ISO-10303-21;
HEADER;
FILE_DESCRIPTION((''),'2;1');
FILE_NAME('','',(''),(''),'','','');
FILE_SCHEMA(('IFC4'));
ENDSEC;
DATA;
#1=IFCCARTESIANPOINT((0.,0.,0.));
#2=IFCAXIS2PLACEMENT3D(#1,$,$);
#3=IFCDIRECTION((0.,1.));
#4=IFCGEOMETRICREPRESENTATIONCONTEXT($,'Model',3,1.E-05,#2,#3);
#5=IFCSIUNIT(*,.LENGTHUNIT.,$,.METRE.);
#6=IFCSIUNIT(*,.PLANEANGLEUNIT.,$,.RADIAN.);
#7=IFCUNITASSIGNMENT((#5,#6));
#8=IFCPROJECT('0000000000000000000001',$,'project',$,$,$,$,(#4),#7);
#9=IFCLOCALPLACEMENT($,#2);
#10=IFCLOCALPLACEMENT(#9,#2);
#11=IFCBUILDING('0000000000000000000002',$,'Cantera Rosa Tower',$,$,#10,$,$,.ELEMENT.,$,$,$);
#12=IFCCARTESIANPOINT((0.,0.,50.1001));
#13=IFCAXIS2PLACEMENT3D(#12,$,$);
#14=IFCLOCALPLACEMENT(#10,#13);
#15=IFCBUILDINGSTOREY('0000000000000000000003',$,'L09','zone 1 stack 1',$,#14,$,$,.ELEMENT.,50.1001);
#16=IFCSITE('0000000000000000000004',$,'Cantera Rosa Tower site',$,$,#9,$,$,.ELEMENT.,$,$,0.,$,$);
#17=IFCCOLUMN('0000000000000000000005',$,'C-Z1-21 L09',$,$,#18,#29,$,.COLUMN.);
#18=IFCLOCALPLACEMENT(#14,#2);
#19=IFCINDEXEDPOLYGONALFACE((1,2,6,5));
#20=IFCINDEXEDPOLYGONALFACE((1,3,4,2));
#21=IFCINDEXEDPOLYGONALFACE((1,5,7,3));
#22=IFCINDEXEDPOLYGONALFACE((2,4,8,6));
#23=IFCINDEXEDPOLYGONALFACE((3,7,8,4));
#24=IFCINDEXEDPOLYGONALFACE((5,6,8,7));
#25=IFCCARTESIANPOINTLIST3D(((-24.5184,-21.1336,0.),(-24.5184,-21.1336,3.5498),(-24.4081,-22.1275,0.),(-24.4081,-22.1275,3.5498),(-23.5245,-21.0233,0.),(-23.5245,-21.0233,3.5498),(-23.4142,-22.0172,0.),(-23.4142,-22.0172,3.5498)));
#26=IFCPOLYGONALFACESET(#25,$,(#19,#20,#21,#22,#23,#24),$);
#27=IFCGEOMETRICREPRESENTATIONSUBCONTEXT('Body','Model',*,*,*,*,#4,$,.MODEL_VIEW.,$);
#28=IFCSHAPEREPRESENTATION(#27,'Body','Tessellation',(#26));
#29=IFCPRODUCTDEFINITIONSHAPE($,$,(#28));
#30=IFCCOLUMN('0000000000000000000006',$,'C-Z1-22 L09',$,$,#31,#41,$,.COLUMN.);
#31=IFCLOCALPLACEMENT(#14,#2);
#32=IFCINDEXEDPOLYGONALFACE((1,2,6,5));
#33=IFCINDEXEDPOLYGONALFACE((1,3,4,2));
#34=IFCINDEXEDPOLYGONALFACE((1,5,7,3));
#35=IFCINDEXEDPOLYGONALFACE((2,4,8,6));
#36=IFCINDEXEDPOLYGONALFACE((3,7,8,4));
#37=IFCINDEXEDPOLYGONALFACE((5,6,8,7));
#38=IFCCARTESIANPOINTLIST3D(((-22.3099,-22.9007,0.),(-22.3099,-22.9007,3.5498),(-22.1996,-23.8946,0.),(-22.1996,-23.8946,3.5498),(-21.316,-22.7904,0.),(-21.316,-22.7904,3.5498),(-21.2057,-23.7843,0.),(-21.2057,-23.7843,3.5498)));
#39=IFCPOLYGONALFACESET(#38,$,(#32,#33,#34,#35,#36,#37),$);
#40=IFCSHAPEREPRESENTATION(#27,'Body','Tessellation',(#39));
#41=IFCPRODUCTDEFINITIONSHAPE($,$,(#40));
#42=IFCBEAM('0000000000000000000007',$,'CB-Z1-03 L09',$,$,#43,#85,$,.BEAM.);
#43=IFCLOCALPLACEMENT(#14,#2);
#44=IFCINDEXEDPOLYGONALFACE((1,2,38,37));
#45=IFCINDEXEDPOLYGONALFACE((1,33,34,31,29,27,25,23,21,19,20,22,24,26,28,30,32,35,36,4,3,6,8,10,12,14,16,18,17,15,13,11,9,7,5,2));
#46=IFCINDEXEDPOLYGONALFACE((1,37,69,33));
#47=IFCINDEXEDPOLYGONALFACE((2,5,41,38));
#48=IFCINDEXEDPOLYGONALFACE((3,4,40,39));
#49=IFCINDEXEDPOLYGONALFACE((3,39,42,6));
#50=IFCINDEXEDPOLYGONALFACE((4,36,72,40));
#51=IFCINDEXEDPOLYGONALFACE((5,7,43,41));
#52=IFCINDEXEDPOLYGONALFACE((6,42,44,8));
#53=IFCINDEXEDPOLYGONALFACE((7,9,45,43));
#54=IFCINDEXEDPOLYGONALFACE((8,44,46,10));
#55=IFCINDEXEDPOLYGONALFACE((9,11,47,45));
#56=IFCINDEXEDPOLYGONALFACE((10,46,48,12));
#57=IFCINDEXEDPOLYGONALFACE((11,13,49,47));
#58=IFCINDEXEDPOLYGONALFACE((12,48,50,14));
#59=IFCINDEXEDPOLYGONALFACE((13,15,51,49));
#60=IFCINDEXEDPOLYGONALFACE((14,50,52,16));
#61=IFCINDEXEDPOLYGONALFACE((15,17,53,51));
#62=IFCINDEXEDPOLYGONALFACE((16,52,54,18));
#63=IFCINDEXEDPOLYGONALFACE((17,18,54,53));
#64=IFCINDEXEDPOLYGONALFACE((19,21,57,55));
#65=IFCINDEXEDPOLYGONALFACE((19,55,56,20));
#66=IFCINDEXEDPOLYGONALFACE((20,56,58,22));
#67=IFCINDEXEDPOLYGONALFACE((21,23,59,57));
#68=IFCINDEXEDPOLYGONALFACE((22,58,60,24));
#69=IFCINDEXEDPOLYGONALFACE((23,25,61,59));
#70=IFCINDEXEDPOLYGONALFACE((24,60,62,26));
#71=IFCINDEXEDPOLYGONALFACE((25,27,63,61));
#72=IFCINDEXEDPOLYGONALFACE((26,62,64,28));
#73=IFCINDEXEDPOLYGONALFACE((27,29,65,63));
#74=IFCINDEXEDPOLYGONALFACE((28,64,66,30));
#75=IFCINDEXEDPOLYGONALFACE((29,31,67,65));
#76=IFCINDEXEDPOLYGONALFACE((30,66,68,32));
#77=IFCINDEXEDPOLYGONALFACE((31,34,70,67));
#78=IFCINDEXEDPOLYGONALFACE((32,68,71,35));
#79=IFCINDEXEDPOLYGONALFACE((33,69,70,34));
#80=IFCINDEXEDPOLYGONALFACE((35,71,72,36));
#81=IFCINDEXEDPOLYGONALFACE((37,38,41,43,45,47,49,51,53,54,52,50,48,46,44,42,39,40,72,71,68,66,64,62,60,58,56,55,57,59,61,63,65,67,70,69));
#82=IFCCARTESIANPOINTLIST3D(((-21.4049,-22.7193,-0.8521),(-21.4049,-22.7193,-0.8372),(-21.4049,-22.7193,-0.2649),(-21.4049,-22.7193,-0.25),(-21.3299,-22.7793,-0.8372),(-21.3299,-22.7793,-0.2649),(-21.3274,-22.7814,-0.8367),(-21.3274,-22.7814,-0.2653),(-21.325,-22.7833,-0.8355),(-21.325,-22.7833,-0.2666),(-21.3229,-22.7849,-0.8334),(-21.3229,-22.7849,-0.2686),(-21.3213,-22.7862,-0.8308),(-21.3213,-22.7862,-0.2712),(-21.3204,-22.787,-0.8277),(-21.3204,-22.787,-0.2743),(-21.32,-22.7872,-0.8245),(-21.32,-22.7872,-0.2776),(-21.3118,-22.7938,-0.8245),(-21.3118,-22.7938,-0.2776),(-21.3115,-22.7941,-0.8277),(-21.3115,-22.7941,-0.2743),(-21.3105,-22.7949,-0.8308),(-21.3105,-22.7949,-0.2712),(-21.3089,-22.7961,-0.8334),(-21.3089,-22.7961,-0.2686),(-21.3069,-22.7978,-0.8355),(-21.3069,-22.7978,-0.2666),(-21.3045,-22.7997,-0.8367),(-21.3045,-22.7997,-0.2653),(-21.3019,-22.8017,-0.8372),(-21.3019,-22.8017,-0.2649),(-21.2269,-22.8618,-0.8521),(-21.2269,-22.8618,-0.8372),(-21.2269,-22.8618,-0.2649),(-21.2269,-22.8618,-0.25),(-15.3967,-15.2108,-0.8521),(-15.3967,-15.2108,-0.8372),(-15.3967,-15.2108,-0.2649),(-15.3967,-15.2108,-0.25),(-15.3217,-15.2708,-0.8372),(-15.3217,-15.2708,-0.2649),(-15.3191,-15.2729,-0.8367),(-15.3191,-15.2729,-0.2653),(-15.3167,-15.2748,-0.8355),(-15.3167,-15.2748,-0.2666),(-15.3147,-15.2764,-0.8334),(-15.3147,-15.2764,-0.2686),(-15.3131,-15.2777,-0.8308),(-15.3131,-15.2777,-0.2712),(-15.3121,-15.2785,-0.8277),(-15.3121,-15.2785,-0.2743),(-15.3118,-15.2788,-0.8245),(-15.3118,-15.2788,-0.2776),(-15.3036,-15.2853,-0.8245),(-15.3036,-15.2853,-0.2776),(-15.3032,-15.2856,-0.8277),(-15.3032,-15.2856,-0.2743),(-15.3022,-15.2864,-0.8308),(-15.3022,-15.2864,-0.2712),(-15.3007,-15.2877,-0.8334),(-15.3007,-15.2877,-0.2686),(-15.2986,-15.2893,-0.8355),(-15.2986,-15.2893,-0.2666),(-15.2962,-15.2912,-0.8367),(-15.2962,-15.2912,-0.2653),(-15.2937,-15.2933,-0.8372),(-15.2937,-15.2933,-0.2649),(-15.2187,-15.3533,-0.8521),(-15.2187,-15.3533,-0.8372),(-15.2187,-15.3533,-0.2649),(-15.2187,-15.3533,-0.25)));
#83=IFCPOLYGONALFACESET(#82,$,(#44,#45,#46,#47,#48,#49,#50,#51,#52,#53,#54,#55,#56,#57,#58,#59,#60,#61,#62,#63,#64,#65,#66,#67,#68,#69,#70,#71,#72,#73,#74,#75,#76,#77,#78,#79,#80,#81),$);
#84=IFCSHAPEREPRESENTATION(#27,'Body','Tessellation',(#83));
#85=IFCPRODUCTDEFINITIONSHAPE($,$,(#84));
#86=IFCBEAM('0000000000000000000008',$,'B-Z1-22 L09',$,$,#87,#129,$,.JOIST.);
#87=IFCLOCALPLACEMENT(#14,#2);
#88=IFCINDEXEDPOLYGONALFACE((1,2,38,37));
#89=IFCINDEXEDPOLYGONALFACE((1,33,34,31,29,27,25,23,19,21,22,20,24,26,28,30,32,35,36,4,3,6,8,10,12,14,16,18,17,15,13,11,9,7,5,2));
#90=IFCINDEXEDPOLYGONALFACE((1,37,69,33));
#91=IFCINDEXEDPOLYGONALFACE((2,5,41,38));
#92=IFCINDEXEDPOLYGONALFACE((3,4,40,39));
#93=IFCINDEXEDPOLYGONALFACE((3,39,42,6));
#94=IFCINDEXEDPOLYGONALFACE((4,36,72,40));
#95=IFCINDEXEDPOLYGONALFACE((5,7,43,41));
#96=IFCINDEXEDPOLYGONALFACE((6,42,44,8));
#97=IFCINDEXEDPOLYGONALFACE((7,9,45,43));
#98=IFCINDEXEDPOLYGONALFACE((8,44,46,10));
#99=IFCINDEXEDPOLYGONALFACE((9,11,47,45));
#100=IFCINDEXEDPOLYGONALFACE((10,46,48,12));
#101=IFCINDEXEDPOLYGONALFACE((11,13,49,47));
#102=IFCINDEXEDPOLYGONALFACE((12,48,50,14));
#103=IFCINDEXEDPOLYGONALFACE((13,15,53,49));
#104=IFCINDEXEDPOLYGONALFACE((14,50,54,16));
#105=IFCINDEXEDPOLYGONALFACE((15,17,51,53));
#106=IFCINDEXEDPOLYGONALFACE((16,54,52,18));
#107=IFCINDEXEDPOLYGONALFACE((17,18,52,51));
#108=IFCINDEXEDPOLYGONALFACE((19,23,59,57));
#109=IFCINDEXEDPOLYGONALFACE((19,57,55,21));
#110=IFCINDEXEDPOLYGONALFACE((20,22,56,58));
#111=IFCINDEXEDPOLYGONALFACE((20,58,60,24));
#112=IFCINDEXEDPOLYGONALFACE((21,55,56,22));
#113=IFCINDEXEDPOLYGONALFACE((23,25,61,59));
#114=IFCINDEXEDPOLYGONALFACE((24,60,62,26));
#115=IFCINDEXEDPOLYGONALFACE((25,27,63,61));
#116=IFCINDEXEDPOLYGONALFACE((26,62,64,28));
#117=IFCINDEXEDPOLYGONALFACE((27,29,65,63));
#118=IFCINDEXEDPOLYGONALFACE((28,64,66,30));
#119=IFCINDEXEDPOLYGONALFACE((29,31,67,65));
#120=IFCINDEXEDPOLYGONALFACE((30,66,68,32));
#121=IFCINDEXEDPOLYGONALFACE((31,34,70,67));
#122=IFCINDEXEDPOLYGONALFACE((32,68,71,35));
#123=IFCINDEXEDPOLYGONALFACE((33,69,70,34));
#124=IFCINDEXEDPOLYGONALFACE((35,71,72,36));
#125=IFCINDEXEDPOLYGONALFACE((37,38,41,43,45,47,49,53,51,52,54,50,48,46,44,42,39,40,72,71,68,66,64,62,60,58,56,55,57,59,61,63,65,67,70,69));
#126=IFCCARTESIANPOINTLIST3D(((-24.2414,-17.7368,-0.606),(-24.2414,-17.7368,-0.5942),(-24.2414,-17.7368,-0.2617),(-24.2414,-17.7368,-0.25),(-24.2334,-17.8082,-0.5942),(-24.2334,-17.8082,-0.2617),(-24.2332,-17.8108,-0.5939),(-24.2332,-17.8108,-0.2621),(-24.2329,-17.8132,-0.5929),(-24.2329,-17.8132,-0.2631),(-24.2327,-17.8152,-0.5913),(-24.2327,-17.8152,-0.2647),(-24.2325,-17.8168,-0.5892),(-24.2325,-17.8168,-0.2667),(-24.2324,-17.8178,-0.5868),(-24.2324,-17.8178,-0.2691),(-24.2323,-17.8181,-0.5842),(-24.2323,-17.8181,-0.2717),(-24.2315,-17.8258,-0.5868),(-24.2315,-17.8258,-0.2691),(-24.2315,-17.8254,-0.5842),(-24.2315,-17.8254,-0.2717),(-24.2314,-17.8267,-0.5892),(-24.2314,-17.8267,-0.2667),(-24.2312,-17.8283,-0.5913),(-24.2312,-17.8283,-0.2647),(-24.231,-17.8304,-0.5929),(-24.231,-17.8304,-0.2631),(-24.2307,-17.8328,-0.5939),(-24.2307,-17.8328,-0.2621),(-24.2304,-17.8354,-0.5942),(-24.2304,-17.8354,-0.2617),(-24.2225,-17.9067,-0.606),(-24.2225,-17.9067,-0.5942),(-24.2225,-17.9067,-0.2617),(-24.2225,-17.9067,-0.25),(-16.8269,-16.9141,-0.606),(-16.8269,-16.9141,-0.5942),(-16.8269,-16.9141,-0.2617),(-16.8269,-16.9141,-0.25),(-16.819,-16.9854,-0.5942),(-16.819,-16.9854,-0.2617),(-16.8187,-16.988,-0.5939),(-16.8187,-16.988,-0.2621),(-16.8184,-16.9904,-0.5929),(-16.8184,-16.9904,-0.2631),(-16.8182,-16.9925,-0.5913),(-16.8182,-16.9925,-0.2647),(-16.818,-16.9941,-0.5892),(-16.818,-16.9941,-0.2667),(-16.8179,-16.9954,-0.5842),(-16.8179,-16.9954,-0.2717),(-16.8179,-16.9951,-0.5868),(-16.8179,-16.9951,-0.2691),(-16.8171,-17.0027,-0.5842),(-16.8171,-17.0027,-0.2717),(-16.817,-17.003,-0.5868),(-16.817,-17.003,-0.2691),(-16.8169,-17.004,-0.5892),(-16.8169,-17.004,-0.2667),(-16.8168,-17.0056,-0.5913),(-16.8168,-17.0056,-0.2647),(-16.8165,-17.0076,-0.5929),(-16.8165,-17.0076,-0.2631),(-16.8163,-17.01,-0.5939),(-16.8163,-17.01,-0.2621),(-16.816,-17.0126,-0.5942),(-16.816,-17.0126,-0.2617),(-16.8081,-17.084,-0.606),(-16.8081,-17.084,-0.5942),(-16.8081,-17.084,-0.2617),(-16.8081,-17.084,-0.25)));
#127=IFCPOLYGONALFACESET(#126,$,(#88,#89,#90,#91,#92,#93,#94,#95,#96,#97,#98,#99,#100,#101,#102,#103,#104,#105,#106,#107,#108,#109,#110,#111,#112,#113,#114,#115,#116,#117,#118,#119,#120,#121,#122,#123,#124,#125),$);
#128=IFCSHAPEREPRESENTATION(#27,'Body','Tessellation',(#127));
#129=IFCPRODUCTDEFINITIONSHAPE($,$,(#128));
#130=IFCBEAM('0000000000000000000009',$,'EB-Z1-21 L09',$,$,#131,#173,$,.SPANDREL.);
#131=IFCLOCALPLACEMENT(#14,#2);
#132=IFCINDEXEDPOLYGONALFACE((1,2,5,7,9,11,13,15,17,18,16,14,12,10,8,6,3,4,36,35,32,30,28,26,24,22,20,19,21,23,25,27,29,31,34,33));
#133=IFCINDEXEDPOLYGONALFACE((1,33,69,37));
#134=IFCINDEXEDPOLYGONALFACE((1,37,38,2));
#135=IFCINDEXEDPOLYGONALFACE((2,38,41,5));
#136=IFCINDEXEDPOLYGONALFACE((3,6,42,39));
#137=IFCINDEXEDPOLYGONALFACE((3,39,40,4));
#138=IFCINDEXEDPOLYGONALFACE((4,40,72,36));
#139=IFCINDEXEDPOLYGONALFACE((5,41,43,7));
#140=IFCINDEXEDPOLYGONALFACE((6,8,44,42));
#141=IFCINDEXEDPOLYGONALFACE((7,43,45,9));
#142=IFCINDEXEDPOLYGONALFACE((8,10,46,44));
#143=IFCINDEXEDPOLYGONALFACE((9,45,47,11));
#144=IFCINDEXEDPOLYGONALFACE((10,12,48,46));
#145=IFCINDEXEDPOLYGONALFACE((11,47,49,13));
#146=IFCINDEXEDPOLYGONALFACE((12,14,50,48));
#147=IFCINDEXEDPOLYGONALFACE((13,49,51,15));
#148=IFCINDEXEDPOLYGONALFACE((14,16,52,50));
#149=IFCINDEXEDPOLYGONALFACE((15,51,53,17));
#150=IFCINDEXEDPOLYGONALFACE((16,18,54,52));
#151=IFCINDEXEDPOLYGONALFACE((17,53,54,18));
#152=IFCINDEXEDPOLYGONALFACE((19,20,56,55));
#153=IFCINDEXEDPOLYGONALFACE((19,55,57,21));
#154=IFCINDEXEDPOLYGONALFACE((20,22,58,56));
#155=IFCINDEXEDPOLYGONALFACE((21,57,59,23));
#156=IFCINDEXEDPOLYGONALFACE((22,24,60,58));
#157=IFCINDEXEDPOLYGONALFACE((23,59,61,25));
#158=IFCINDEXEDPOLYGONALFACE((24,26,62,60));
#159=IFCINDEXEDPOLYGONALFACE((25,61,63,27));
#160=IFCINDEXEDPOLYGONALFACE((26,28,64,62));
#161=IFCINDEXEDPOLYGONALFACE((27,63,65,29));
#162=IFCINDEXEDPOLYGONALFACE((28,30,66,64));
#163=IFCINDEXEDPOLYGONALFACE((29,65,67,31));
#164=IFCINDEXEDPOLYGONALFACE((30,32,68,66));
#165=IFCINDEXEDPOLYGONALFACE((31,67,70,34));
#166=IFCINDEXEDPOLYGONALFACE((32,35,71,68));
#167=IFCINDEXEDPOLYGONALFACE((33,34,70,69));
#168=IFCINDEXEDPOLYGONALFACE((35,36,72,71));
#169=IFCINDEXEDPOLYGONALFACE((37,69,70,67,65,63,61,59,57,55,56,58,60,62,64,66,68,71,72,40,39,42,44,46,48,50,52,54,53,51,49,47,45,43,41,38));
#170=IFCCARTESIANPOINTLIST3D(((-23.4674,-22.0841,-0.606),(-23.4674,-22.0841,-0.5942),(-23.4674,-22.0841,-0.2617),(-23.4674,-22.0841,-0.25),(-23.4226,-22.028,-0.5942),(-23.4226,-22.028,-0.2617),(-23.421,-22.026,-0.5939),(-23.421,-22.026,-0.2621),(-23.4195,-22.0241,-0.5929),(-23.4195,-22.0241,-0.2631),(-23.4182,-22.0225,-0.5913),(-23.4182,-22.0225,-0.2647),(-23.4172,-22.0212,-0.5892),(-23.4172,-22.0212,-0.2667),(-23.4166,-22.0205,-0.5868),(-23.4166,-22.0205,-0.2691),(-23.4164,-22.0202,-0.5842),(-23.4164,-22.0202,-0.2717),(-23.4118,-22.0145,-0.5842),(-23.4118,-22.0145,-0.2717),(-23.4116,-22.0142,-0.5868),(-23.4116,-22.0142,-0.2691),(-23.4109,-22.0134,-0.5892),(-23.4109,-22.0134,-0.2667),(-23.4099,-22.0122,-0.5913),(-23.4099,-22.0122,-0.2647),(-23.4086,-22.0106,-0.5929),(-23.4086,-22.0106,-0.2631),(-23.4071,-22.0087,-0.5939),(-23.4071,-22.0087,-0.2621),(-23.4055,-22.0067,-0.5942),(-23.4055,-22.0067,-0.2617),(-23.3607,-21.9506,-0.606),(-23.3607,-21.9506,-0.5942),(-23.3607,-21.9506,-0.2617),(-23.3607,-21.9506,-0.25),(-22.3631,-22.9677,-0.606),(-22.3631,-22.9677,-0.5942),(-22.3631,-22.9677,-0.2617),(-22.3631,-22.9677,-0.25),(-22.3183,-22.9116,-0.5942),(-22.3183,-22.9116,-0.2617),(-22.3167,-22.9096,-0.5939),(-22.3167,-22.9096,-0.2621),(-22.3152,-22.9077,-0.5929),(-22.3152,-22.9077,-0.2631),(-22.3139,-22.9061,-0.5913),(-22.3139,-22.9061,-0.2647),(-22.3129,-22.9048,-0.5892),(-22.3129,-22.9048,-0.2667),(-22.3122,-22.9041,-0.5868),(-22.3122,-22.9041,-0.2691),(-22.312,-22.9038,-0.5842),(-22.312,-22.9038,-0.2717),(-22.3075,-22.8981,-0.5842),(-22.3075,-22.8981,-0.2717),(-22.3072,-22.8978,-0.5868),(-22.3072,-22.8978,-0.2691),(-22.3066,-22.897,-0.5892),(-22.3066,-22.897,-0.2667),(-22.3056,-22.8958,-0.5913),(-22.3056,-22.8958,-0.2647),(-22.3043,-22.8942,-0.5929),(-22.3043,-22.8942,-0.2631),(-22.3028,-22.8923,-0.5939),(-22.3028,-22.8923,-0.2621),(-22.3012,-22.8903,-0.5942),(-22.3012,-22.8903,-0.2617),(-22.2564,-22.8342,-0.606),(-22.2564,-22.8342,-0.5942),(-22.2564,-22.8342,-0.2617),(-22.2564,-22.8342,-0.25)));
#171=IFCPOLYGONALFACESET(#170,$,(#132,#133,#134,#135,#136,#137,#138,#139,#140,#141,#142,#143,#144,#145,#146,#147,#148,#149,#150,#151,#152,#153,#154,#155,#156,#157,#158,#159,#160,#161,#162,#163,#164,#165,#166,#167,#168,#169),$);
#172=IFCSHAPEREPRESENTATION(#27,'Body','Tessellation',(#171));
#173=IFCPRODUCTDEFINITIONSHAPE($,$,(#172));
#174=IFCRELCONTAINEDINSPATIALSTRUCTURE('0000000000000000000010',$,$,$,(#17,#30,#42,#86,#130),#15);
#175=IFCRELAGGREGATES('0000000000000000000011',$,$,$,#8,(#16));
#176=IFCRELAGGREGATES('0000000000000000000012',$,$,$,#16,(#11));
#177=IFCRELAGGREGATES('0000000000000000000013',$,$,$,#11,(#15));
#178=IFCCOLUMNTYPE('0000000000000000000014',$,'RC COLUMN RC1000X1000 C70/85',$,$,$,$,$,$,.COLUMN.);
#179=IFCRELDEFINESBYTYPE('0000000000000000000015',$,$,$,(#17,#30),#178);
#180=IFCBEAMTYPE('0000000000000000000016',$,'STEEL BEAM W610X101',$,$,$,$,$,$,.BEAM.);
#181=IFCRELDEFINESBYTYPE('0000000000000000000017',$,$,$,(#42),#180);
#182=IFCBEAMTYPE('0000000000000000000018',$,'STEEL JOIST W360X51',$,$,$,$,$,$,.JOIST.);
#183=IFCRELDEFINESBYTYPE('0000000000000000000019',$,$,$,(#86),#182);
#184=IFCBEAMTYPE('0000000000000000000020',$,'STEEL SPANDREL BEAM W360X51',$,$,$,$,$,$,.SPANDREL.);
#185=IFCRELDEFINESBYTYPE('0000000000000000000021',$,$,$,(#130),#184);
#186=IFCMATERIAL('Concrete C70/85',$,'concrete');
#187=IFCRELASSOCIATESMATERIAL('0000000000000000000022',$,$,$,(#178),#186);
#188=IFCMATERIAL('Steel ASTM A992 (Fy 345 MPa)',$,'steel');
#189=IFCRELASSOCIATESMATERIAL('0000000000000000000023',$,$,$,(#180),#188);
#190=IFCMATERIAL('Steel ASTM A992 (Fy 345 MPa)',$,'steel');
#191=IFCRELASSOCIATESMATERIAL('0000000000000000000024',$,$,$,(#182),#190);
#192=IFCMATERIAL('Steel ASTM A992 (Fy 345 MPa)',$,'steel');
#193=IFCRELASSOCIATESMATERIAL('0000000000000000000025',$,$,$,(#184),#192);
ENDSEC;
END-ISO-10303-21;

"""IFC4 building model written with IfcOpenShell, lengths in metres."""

from ifc_helpers import new_model, si_unit, direction, frame, origin, origin_2d, place, context, subcontext, project, spatial, rectangle, i_section, extrude, material, material_profile, profile_set, type_object, element, save


model = new_model("IFC4")

# Units and contexts
model_context = context("Model", 3, precision=1e-05, world=origin(), true_north=direction((0.0, 1.0)))
body_context = subcontext(model_context, "Body", "Model", "MODEL_VIEW")
ifc_project = project(units=[si_unit("LENGTHUNIT", "METRE"), si_unit("PLANEANGLEUNIT", "RADIAN")], contexts=[model_context])

# Site, building, storey
site_placement = place(None, origin())
site = spatial("IfcSite", under=ifc_project, at=site_placement, Name="Cantera Rosa Tower site", CompositionType="ELEMENT", RefElevation=0.0)
building_placement = place(site_placement, origin())
building = spatial("IfcBuilding", under=site, at=building_placement, Name="Cantera Rosa Tower", CompositionType="ELEMENT")
storey_placement = place(building_placement, frame((0.0, 0.0, 50.1001)))
storey = spatial("IfcBuildingStorey", under=building, at=storey_placement, Name="L09", Description="zone 1 stack 1", CompositionType="ELEMENT", Elevation=50.1001)

# Columns
ifc_material_1 = material(Name="Concrete C70/85", Category="concrete")
ifc_material_profile_1 = material_profile(ifc_material_1, rectangle(XDim=1.0, YDim=1.0, at=origin_2d()), Name="RC COLUMN RC1000X1000 C70/85")
ifc_profile_set_1 = profile_set([ifc_material_profile_1], Name="Concrete C70/85")
column_type = type_object("IfcColumnType", Name="RC COLUMN RC1000X1000 C70/85", PredefinedType="COLUMN", material=ifc_profile_set_1)
for number, where, z_axis, x_axis, name in (
    (1, (-23.9663, -21.5754, 0.0), (0.0, 0.0, 1.0), (0.993897, 0.110313, 0.0), "C-Z1-21 L09"),
    (2, (-21.7578, -23.3425, 0.0), (0.0, 0.0, 1.0), (0.993897, 0.110313, 0.0), "C-Z1-22 L09"),
):
    element("IfcColumn", number, at=place(storey_placement, frame(where, z_axis=z_axis, x_axis=x_axis)), inside=storey, type_object=column_type, Name=name, PredefinedType="COLUMN", context=body_context, shape_type="SweptSolid", body=[
        extrude(rectangle(XDim=1.0, YDim=1.0, at=origin_2d()), origin(), (0.0, 0.0, 1.0), 3.5498),
    ])

# Beams
ifc_material_2 = material(Name="Steel ASTM A992 (Fy 345 MPa)", Category="steel")
ifc_material_profile_2 = material_profile(ifc_material_2, i_section(OverallWidth=0.228, OverallDepth=0.6021, WebThickness=0.0105, FlangeThickness=0.0149, FilletRadius=0.0127, at=origin_2d()), Name="W610X101")
ifc_profile_set_2 = profile_set([ifc_material_profile_2], Name="Steel ASTM A992 (Fy 345 MPa)")
beam_type_1 = type_object("IfcBeamType", Name="STEEL BEAM W610X101", PredefinedType="BEAM", material=ifc_profile_set_2)
beam_1_placement = place(storey_placement, frame((-21.3159, -22.7905, -0.551), z_axis=(0.624788, 0.780794, 0.0), x_axis=(-0.780794, 0.624788, 0.0)))
element("IfcBeam", 3, at=beam_1_placement, inside=storey, type_object=beam_type_1, Name="CB-Z1-03 L09", PredefinedType="BEAM", context=body_context, shape_type="SweptSolid", body=[
    extrude(i_section(OverallWidth=0.228, OverallDepth=0.6021, WebThickness=0.0105, FlangeThickness=0.0149, FilletRadius=0.0127, at=origin_2d()), origin(), (0.0, 0.0, 1.0), 9.6165),
])
ifc_material_3 = material(Name="Steel ASTM A992 (Fy 345 MPa)", Category="steel")
ifc_material_profile_3 = material_profile(ifc_material_3, i_section(OverallWidth=0.1709, OverallDepth=0.356, WebThickness=0.0073, FlangeThickness=0.0117, FilletRadius=0.01, at=origin_2d()), Name="W360X51")
ifc_profile_set_3 = profile_set([ifc_material_profile_3], Name="Steel ASTM A992 (Fy 345 MPa)")
beam_type_2 = type_object("IfcBeamType", Name="STEEL JOIST W360X51", PredefinedType="JOIST", material=ifc_profile_set_3)
beam_2_placement = place(storey_placement, frame((-24.2319, -17.8218, -0.428), z_axis=(0.9939, 0.110288, 0.0), x_axis=(-0.110288, 0.9939, 0.0)))
element("IfcBeam", 4, at=beam_2_placement, inside=storey, type_object=beam_type_2, Name="B-Z1-22 L09", PredefinedType="JOIST", context=body_context, shape_type="SweptSolid", body=[
    extrude(i_section(OverallWidth=0.1709, OverallDepth=0.356, WebThickness=0.0073, FlangeThickness=0.0117, FilletRadius=0.01, at=origin_2d()), origin(), (0.0, 0.0, 1.0), 7.46),
])
ifc_material_4 = material(Name="Steel ASTM A992 (Fy 345 MPa)", Category="steel")
ifc_material_profile_4 = material_profile(ifc_material_4, i_section(OverallWidth=0.1709, OverallDepth=0.356, WebThickness=0.0073, FlangeThickness=0.0117, FilletRadius=0.01, at=origin_2d()), Name="W360X51")
ifc_profile_set_4 = profile_set([ifc_material_profile_4], Name="Steel ASTM A992 (Fy 345 MPa)")
beam_type_3 = type_object("IfcBeamType", Name="STEEL SPANDREL BEAM W360X51", PredefinedType="SPANDREL", material=ifc_profile_set_4)
for number, where, z_axis, x_axis, name in (
    (5, (-23.4141, -22.0173, -0.428), (0.780818, -0.624758, 0.0), (0.624758, 0.780818, 0.0), "EB-Z1-21 L09"),
):
    element("IfcBeam", number, at=place(storey_placement, frame(where, z_axis=z_axis, x_axis=x_axis)), inside=storey, type_object=beam_type_3, Name=name, PredefinedType="SPANDREL", context=body_context, shape_type="SweptSolid", body=[
        extrude(i_section(OverallWidth=0.1709, OverallDepth=0.356, WebThickness=0.0073, FlangeThickness=0.0117, FilletRadius=0.01, at=origin_2d()), origin(), (0.0, 0.0, 1.0), 1.4143),
    ])

save(model, "model.ifc")
